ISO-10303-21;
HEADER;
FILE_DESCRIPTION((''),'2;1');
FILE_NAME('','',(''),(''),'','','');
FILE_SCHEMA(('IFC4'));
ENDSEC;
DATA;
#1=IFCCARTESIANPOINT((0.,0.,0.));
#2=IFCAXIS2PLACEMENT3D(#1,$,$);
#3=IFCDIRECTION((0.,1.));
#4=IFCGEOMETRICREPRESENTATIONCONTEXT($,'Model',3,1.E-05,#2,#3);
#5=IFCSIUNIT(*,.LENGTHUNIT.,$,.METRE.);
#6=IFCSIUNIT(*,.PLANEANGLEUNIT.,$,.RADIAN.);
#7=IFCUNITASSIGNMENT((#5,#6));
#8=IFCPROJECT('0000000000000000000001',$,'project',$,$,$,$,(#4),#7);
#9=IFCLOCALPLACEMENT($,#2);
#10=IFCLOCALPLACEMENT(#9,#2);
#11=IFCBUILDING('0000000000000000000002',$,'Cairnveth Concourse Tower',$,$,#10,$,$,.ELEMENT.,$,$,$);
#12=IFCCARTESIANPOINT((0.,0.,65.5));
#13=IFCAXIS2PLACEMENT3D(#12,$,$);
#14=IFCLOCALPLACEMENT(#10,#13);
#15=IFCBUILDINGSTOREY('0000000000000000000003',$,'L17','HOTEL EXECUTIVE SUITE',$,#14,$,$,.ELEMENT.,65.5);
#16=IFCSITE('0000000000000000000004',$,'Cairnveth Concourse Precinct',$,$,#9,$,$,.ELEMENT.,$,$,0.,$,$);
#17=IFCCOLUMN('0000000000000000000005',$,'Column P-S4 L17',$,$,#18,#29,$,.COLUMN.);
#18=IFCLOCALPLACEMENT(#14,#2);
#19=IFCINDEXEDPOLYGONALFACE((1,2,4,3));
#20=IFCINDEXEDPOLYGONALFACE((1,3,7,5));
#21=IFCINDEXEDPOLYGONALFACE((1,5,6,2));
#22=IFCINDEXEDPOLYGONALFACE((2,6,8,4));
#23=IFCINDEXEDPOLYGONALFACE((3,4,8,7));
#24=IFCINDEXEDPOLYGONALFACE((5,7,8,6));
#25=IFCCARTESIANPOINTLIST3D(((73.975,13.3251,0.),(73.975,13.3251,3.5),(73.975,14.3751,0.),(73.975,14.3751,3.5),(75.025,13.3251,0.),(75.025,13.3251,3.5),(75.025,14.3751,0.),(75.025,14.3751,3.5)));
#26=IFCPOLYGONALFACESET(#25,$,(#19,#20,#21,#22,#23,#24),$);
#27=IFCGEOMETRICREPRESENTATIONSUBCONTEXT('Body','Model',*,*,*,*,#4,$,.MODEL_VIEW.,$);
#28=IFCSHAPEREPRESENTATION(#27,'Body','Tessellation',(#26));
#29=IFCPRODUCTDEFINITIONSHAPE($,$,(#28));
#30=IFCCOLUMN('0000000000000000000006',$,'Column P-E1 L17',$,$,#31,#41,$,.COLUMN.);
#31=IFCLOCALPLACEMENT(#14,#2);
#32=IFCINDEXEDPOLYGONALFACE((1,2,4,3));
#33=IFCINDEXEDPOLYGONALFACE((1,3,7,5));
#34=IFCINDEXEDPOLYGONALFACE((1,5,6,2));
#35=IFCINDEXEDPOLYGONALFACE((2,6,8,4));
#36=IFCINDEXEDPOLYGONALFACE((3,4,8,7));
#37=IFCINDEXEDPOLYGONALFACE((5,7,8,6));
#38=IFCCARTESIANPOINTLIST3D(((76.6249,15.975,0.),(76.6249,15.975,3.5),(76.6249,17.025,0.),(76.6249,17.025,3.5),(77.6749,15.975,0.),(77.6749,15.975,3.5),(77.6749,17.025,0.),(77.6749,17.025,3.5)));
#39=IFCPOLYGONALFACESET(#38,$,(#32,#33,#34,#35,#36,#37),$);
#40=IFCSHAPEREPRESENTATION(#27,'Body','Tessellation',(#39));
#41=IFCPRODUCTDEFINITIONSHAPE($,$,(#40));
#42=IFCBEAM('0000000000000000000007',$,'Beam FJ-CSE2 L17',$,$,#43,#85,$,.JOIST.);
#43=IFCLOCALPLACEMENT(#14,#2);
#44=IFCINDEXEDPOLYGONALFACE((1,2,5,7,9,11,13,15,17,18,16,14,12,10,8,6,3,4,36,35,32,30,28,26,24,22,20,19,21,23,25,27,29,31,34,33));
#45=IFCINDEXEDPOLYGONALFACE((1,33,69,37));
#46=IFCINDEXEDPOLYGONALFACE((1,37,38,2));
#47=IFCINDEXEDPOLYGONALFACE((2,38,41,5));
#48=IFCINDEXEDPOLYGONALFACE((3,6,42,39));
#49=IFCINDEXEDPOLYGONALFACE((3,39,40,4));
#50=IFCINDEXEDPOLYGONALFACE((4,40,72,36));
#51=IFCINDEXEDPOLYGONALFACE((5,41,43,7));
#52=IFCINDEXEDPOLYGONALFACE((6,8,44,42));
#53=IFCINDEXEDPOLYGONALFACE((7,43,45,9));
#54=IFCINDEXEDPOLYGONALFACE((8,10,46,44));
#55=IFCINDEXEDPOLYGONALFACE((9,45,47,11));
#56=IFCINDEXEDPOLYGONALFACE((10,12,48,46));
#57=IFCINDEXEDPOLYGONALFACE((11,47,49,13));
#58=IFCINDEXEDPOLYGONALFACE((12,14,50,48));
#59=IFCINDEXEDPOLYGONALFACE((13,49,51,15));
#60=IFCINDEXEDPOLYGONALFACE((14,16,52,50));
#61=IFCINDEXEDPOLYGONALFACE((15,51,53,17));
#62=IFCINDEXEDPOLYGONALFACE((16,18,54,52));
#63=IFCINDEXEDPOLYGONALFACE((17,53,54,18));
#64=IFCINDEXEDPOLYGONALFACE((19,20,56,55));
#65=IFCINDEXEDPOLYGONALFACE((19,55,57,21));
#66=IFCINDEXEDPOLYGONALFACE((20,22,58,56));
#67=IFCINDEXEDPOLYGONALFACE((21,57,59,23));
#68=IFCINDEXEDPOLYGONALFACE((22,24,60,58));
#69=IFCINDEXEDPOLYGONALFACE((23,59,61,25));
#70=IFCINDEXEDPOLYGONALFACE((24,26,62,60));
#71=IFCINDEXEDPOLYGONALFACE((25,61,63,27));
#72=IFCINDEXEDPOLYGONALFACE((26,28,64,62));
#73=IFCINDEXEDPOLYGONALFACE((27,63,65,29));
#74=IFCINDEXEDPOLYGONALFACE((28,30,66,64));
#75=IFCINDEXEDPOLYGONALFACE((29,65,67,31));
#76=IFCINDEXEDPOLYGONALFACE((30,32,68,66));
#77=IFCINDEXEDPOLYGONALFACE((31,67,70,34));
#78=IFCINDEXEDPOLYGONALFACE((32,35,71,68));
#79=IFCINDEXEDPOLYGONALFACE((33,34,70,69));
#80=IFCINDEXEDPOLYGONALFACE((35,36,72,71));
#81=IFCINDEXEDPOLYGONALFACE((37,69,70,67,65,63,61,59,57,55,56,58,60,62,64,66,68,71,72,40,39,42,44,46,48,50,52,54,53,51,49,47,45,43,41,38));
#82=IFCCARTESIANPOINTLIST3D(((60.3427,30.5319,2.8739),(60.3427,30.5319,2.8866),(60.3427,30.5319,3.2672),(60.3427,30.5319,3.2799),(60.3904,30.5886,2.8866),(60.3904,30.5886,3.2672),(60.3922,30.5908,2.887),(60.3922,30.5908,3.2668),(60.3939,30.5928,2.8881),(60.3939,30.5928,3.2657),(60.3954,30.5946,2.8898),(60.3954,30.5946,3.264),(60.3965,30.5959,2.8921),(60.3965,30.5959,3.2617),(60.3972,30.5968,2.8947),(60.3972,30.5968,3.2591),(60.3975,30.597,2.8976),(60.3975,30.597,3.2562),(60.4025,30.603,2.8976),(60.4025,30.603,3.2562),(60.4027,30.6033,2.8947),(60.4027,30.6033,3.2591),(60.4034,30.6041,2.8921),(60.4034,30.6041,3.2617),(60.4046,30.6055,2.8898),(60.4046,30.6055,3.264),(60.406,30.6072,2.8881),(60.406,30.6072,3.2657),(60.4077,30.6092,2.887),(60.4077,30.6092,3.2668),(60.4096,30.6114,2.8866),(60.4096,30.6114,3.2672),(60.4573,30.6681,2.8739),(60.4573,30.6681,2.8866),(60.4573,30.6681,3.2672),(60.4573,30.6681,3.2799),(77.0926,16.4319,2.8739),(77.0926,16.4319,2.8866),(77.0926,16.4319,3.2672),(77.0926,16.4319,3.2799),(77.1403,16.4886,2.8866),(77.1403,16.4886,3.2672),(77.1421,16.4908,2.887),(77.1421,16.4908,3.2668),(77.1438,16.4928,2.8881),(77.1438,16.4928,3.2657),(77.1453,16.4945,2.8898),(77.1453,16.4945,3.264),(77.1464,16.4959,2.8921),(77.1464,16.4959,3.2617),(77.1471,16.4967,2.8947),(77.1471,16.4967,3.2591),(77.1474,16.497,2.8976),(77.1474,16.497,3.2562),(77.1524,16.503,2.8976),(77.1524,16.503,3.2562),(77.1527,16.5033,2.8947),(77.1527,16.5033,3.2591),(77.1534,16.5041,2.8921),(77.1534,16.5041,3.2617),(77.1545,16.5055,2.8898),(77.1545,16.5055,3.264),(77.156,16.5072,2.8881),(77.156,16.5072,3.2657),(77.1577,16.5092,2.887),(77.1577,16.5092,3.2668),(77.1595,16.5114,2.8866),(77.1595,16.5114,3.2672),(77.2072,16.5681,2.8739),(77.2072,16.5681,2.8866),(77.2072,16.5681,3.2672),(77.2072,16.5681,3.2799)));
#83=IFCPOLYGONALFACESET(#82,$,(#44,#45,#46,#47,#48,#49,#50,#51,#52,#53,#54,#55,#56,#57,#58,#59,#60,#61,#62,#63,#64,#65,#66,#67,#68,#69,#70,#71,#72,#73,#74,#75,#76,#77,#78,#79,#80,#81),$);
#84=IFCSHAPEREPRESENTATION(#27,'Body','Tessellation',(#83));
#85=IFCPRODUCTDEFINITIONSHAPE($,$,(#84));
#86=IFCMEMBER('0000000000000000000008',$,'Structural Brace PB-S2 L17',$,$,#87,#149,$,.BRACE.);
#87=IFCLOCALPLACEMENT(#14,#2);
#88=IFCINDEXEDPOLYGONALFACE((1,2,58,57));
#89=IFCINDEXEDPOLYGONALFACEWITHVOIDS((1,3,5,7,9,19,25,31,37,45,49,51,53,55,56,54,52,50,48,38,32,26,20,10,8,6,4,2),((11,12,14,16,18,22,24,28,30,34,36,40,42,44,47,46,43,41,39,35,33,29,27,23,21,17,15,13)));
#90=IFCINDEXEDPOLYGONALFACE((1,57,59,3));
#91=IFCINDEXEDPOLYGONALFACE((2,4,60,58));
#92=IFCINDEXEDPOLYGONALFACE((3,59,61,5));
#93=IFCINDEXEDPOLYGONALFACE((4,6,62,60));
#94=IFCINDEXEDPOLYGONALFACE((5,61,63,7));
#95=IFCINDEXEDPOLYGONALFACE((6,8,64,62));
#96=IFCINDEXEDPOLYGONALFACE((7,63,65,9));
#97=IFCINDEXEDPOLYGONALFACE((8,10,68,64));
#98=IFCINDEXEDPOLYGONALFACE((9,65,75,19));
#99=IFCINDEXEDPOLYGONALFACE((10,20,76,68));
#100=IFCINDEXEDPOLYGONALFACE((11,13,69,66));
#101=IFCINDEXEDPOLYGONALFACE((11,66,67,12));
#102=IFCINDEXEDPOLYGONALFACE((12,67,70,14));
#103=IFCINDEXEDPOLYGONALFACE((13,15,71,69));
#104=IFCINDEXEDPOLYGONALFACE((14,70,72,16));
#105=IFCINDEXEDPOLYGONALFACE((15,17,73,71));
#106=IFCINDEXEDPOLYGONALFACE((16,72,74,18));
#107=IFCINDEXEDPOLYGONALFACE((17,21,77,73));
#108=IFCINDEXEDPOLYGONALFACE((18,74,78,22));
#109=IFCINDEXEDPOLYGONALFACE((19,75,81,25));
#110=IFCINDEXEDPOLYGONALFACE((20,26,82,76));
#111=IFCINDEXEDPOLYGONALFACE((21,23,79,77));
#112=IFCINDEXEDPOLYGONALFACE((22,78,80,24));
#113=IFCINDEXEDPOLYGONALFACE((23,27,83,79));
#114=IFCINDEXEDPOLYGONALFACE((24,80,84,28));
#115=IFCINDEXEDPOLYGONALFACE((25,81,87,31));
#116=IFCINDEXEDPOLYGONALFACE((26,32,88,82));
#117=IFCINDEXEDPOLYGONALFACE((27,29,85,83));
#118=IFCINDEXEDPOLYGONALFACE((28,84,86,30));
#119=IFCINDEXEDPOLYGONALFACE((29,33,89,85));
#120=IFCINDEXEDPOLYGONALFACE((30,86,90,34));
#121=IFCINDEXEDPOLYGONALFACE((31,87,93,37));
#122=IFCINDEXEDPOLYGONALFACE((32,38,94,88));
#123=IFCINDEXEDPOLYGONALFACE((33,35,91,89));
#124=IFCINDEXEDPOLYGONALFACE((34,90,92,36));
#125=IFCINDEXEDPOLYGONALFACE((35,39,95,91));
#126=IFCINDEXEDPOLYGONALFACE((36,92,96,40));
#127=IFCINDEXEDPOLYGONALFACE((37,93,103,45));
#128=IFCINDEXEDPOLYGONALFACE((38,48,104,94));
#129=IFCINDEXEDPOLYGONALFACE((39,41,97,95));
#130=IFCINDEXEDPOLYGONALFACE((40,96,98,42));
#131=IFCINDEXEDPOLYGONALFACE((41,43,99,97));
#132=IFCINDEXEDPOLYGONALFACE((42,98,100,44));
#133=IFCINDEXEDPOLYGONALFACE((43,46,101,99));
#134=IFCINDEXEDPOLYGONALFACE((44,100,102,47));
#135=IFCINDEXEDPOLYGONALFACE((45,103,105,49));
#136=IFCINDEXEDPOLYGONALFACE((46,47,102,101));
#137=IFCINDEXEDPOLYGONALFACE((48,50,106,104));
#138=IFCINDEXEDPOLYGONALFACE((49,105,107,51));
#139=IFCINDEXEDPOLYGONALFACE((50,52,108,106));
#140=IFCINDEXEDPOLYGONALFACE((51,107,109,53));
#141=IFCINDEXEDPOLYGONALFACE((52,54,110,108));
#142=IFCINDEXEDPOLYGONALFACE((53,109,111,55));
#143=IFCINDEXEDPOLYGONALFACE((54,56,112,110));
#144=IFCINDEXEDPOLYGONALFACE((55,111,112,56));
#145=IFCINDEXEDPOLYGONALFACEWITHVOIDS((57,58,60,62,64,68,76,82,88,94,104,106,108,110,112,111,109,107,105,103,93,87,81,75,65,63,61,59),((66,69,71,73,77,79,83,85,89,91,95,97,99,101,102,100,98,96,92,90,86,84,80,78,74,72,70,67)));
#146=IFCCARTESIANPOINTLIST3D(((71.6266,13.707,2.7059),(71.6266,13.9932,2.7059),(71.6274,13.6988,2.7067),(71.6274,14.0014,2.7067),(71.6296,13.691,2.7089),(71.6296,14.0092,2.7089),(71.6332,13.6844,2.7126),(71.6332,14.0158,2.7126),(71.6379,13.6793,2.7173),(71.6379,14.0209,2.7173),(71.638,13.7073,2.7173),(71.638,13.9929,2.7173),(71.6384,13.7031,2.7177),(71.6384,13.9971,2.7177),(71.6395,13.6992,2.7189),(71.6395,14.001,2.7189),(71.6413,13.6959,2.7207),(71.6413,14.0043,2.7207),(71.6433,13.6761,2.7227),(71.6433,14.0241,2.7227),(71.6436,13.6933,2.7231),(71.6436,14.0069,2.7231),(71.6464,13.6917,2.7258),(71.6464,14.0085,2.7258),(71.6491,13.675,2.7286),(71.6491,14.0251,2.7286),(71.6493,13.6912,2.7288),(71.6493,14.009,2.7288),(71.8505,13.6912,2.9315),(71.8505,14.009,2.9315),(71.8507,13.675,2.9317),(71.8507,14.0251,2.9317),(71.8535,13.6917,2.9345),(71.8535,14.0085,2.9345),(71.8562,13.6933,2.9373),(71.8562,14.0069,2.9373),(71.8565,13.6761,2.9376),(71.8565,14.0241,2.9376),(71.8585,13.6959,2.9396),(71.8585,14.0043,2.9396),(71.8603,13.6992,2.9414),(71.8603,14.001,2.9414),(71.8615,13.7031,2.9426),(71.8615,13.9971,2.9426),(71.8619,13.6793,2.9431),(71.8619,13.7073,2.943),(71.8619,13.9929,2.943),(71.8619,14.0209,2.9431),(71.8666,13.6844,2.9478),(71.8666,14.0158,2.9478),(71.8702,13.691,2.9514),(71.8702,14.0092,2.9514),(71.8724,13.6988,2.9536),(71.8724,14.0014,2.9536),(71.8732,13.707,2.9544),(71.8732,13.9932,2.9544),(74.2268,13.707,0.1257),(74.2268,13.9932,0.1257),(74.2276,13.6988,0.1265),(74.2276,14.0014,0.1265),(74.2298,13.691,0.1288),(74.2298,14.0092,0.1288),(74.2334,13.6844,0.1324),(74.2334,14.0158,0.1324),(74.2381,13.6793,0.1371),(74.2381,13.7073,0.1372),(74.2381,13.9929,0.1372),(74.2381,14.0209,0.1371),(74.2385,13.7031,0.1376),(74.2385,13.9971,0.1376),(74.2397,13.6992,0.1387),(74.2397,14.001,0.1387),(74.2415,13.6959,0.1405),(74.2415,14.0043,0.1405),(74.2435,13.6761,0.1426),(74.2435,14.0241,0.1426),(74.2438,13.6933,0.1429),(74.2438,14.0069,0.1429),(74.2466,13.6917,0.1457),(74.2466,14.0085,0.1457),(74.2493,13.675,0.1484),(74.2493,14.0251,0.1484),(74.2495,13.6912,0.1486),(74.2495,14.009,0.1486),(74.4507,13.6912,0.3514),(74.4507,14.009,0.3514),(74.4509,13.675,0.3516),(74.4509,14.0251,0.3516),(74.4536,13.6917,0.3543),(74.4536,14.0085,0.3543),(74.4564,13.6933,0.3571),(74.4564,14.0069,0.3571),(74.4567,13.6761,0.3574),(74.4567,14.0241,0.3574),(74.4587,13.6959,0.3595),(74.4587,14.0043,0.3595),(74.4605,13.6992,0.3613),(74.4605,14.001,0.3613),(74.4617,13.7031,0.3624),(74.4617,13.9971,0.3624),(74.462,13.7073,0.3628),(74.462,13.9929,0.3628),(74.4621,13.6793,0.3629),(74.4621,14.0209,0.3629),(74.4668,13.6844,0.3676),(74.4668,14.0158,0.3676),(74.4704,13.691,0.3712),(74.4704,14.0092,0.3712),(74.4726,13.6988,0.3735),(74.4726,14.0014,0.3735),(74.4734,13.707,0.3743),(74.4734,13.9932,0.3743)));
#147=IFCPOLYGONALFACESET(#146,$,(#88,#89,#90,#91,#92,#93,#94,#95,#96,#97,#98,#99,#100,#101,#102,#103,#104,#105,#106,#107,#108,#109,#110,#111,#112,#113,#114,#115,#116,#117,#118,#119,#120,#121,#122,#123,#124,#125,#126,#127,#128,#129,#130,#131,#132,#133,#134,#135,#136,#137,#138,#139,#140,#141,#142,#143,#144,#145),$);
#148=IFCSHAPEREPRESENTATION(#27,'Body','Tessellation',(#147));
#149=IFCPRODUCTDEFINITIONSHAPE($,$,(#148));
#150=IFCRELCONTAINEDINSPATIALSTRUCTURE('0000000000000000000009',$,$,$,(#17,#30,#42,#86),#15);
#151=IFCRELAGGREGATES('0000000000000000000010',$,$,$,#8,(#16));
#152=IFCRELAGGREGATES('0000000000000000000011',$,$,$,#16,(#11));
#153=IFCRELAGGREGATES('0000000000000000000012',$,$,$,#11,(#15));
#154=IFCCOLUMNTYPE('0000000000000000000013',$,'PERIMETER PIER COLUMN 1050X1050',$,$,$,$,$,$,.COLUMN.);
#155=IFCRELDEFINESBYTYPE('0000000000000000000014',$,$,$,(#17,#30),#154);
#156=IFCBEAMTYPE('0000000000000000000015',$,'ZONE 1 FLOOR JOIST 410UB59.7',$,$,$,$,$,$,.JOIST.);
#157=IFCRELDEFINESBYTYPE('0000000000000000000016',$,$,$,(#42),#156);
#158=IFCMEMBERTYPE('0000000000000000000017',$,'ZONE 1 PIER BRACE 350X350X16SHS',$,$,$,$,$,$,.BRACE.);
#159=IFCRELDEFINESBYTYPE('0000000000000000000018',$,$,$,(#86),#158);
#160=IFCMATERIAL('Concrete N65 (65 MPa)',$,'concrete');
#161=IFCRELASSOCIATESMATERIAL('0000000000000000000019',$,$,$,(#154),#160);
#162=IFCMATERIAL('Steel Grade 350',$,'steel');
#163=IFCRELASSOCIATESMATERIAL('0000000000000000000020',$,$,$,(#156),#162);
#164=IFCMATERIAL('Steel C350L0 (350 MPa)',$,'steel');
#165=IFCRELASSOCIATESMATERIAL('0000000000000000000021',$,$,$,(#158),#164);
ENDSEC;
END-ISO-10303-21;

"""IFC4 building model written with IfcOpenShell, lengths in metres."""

from ifc_helpers import new_model, si_unit, direction, frame, origin, origin_2d, place, context, subcontext, project, spatial, rectangle, hollow_rectangle, i_section, extrude, material, material_profile, profile_set, type_object, element, save


model = new_model("IFC4")

# Units and contexts
model_context = context("Model", 3, precision=1e-05, world=origin(), true_north=direction((0.0, 1.0)))
body_context = subcontext(model_context, "Body", "Model", "MODEL_VIEW")
ifc_project = project(units=[si_unit("LENGTHUNIT", "METRE"), si_unit("PLANEANGLEUNIT", "RADIAN")], contexts=[model_context])

# Site, building, storey
site_placement = place(None, origin())
site = spatial("IfcSite", under=ifc_project, at=site_placement, Name="Cairnveth Concourse Precinct", CompositionType="ELEMENT", RefElevation=0.0)
building_placement = place(site_placement, origin())
building = spatial("IfcBuilding", under=site, at=building_placement, Name="Cairnveth Concourse Tower", CompositionType="ELEMENT")
storey_placement = place(building_placement, frame((0.0, 0.0, 65.5)))
storey = spatial("IfcBuildingStorey", under=building, at=storey_placement, Name="L17", Description="HOTEL EXECUTIVE SUITE", CompositionType="ELEMENT", Elevation=65.5)

# Columns
ifc_material_1 = material(Name="Concrete N65 (65 MPa)", Category="concrete")
ifc_material_profile_1 = material_profile(ifc_material_1, rectangle(XDim=1.05, YDim=1.05, at=origin_2d()), Name="RC-COL-1050x1050")
ifc_profile_set_1 = profile_set([ifc_material_profile_1], Name="Concrete N65 (65 MPa)")
column_type = type_object("IfcColumnType", Name="PERIMETER PIER COLUMN 1050X1050", PredefinedType="COLUMN", material=ifc_profile_set_1)
for number, where, z_axis, x_axis, name in (
    (1, (74.5, 13.8501, 0.0), (0.0, 0.0, 1.0), (1.0, 0.0, 0.0), "Column P-S4 L17"),
    (2, (77.1499, 16.5, 0.0), (0.0, 0.0, 1.0), (0.0, 1.0, 0.0), "Column P-E1 L17"),
):
    element("IfcColumn", number, at=place(storey_placement, frame(where, z_axis=z_axis, x_axis=x_axis)), inside=storey, type_object=column_type, Name=name, PredefinedType="COLUMN", context=body_context, shape_type="SweptSolid", body=[
        extrude(rectangle(XDim=1.05, YDim=1.05, at=origin_2d()), origin(), (0.0, 0.0, 1.0), 3.5),
    ])

# Beam
ifc_material_2 = material(Name="Steel Grade 350", Category="steel")
ifc_material_profile_2 = material_profile(ifc_material_2, i_section(OverallWidth=0.178, OverallDepth=0.406, WebThickness=0.0078, FlangeThickness=0.0127, FilletRadius=0.011, at=origin_2d()), Name="410UB59.7")
ifc_profile_set_2 = profile_set([ifc_material_profile_2], Name="Steel Grade 350")
beam_type_1 = type_object("IfcBeamType", Name="ZONE 1 FLOOR JOIST 410UB59.7", PredefinedType="JOIST", material=ifc_profile_set_2)
beam_1_placement = place(storey_placement, frame((77.1499, 16.5, 3.0769), z_axis=(-0.765027, 0.643998, 0.0), x_axis=(-0.643998, -0.765027, 0.0)))
element("IfcBeam", 3, at=beam_1_placement, inside=storey, type_object=beam_type_1, Name="Beam FJ-CSE2 L17", PredefinedType="JOIST", context=body_context, shape_type="SweptSolid", body=[
    extrude(i_section(OverallWidth=0.178, OverallDepth=0.406, WebThickness=0.0078, FlangeThickness=0.0127, FilletRadius=0.011, at=origin_2d()), origin(), (0.0, 0.0, 1.0), 21.8945),
])

# Member
ifc_material_3 = material(Name="Steel C350L0 (350 MPa)", Category="steel")
ifc_material_profile_3 = material_profile(ifc_material_3, hollow_rectangle(XDim=0.3501, YDim=0.3501, WallThickness=0.0161, InnerFilletRadius=0.0161, OuterFilletRadius=0.032, at=origin_2d()), Name="350x350x16.0SHS")
ifc_profile_set_3 = profile_set([ifc_material_profile_3], Name="Steel C350L0 (350 MPa)")
member_type = type_object("IfcMemberType", Name="ZONE 1 PIER BRACE 350X350X16SHS", PredefinedType="BRACE", material=ifc_profile_set_3)
for number, where, z_axis, x_axis, name in (
    (4, (74.3501, 13.8501, 0.25), (-0.709834, 0.0, 0.704369), (0.0, -1.0, 0.0), "Structural Brace PB-S2 L17"),
):
    element("IfcMember", number, at=place(storey_placement, frame(where, z_axis=z_axis, x_axis=x_axis)), inside=storey, type_object=member_type, Name=name, PredefinedType="BRACE", context=body_context, shape_type="SweptSolid", body=[
        extrude(hollow_rectangle(XDim=0.3501, YDim=0.3501, WallThickness=0.0161, InnerFilletRadius=0.0161, OuterFilletRadius=0.032, at=origin_2d()), origin(), (0.0, 0.0, 1.0), 3.6631),
    ])

save(model, "model.ifc")
